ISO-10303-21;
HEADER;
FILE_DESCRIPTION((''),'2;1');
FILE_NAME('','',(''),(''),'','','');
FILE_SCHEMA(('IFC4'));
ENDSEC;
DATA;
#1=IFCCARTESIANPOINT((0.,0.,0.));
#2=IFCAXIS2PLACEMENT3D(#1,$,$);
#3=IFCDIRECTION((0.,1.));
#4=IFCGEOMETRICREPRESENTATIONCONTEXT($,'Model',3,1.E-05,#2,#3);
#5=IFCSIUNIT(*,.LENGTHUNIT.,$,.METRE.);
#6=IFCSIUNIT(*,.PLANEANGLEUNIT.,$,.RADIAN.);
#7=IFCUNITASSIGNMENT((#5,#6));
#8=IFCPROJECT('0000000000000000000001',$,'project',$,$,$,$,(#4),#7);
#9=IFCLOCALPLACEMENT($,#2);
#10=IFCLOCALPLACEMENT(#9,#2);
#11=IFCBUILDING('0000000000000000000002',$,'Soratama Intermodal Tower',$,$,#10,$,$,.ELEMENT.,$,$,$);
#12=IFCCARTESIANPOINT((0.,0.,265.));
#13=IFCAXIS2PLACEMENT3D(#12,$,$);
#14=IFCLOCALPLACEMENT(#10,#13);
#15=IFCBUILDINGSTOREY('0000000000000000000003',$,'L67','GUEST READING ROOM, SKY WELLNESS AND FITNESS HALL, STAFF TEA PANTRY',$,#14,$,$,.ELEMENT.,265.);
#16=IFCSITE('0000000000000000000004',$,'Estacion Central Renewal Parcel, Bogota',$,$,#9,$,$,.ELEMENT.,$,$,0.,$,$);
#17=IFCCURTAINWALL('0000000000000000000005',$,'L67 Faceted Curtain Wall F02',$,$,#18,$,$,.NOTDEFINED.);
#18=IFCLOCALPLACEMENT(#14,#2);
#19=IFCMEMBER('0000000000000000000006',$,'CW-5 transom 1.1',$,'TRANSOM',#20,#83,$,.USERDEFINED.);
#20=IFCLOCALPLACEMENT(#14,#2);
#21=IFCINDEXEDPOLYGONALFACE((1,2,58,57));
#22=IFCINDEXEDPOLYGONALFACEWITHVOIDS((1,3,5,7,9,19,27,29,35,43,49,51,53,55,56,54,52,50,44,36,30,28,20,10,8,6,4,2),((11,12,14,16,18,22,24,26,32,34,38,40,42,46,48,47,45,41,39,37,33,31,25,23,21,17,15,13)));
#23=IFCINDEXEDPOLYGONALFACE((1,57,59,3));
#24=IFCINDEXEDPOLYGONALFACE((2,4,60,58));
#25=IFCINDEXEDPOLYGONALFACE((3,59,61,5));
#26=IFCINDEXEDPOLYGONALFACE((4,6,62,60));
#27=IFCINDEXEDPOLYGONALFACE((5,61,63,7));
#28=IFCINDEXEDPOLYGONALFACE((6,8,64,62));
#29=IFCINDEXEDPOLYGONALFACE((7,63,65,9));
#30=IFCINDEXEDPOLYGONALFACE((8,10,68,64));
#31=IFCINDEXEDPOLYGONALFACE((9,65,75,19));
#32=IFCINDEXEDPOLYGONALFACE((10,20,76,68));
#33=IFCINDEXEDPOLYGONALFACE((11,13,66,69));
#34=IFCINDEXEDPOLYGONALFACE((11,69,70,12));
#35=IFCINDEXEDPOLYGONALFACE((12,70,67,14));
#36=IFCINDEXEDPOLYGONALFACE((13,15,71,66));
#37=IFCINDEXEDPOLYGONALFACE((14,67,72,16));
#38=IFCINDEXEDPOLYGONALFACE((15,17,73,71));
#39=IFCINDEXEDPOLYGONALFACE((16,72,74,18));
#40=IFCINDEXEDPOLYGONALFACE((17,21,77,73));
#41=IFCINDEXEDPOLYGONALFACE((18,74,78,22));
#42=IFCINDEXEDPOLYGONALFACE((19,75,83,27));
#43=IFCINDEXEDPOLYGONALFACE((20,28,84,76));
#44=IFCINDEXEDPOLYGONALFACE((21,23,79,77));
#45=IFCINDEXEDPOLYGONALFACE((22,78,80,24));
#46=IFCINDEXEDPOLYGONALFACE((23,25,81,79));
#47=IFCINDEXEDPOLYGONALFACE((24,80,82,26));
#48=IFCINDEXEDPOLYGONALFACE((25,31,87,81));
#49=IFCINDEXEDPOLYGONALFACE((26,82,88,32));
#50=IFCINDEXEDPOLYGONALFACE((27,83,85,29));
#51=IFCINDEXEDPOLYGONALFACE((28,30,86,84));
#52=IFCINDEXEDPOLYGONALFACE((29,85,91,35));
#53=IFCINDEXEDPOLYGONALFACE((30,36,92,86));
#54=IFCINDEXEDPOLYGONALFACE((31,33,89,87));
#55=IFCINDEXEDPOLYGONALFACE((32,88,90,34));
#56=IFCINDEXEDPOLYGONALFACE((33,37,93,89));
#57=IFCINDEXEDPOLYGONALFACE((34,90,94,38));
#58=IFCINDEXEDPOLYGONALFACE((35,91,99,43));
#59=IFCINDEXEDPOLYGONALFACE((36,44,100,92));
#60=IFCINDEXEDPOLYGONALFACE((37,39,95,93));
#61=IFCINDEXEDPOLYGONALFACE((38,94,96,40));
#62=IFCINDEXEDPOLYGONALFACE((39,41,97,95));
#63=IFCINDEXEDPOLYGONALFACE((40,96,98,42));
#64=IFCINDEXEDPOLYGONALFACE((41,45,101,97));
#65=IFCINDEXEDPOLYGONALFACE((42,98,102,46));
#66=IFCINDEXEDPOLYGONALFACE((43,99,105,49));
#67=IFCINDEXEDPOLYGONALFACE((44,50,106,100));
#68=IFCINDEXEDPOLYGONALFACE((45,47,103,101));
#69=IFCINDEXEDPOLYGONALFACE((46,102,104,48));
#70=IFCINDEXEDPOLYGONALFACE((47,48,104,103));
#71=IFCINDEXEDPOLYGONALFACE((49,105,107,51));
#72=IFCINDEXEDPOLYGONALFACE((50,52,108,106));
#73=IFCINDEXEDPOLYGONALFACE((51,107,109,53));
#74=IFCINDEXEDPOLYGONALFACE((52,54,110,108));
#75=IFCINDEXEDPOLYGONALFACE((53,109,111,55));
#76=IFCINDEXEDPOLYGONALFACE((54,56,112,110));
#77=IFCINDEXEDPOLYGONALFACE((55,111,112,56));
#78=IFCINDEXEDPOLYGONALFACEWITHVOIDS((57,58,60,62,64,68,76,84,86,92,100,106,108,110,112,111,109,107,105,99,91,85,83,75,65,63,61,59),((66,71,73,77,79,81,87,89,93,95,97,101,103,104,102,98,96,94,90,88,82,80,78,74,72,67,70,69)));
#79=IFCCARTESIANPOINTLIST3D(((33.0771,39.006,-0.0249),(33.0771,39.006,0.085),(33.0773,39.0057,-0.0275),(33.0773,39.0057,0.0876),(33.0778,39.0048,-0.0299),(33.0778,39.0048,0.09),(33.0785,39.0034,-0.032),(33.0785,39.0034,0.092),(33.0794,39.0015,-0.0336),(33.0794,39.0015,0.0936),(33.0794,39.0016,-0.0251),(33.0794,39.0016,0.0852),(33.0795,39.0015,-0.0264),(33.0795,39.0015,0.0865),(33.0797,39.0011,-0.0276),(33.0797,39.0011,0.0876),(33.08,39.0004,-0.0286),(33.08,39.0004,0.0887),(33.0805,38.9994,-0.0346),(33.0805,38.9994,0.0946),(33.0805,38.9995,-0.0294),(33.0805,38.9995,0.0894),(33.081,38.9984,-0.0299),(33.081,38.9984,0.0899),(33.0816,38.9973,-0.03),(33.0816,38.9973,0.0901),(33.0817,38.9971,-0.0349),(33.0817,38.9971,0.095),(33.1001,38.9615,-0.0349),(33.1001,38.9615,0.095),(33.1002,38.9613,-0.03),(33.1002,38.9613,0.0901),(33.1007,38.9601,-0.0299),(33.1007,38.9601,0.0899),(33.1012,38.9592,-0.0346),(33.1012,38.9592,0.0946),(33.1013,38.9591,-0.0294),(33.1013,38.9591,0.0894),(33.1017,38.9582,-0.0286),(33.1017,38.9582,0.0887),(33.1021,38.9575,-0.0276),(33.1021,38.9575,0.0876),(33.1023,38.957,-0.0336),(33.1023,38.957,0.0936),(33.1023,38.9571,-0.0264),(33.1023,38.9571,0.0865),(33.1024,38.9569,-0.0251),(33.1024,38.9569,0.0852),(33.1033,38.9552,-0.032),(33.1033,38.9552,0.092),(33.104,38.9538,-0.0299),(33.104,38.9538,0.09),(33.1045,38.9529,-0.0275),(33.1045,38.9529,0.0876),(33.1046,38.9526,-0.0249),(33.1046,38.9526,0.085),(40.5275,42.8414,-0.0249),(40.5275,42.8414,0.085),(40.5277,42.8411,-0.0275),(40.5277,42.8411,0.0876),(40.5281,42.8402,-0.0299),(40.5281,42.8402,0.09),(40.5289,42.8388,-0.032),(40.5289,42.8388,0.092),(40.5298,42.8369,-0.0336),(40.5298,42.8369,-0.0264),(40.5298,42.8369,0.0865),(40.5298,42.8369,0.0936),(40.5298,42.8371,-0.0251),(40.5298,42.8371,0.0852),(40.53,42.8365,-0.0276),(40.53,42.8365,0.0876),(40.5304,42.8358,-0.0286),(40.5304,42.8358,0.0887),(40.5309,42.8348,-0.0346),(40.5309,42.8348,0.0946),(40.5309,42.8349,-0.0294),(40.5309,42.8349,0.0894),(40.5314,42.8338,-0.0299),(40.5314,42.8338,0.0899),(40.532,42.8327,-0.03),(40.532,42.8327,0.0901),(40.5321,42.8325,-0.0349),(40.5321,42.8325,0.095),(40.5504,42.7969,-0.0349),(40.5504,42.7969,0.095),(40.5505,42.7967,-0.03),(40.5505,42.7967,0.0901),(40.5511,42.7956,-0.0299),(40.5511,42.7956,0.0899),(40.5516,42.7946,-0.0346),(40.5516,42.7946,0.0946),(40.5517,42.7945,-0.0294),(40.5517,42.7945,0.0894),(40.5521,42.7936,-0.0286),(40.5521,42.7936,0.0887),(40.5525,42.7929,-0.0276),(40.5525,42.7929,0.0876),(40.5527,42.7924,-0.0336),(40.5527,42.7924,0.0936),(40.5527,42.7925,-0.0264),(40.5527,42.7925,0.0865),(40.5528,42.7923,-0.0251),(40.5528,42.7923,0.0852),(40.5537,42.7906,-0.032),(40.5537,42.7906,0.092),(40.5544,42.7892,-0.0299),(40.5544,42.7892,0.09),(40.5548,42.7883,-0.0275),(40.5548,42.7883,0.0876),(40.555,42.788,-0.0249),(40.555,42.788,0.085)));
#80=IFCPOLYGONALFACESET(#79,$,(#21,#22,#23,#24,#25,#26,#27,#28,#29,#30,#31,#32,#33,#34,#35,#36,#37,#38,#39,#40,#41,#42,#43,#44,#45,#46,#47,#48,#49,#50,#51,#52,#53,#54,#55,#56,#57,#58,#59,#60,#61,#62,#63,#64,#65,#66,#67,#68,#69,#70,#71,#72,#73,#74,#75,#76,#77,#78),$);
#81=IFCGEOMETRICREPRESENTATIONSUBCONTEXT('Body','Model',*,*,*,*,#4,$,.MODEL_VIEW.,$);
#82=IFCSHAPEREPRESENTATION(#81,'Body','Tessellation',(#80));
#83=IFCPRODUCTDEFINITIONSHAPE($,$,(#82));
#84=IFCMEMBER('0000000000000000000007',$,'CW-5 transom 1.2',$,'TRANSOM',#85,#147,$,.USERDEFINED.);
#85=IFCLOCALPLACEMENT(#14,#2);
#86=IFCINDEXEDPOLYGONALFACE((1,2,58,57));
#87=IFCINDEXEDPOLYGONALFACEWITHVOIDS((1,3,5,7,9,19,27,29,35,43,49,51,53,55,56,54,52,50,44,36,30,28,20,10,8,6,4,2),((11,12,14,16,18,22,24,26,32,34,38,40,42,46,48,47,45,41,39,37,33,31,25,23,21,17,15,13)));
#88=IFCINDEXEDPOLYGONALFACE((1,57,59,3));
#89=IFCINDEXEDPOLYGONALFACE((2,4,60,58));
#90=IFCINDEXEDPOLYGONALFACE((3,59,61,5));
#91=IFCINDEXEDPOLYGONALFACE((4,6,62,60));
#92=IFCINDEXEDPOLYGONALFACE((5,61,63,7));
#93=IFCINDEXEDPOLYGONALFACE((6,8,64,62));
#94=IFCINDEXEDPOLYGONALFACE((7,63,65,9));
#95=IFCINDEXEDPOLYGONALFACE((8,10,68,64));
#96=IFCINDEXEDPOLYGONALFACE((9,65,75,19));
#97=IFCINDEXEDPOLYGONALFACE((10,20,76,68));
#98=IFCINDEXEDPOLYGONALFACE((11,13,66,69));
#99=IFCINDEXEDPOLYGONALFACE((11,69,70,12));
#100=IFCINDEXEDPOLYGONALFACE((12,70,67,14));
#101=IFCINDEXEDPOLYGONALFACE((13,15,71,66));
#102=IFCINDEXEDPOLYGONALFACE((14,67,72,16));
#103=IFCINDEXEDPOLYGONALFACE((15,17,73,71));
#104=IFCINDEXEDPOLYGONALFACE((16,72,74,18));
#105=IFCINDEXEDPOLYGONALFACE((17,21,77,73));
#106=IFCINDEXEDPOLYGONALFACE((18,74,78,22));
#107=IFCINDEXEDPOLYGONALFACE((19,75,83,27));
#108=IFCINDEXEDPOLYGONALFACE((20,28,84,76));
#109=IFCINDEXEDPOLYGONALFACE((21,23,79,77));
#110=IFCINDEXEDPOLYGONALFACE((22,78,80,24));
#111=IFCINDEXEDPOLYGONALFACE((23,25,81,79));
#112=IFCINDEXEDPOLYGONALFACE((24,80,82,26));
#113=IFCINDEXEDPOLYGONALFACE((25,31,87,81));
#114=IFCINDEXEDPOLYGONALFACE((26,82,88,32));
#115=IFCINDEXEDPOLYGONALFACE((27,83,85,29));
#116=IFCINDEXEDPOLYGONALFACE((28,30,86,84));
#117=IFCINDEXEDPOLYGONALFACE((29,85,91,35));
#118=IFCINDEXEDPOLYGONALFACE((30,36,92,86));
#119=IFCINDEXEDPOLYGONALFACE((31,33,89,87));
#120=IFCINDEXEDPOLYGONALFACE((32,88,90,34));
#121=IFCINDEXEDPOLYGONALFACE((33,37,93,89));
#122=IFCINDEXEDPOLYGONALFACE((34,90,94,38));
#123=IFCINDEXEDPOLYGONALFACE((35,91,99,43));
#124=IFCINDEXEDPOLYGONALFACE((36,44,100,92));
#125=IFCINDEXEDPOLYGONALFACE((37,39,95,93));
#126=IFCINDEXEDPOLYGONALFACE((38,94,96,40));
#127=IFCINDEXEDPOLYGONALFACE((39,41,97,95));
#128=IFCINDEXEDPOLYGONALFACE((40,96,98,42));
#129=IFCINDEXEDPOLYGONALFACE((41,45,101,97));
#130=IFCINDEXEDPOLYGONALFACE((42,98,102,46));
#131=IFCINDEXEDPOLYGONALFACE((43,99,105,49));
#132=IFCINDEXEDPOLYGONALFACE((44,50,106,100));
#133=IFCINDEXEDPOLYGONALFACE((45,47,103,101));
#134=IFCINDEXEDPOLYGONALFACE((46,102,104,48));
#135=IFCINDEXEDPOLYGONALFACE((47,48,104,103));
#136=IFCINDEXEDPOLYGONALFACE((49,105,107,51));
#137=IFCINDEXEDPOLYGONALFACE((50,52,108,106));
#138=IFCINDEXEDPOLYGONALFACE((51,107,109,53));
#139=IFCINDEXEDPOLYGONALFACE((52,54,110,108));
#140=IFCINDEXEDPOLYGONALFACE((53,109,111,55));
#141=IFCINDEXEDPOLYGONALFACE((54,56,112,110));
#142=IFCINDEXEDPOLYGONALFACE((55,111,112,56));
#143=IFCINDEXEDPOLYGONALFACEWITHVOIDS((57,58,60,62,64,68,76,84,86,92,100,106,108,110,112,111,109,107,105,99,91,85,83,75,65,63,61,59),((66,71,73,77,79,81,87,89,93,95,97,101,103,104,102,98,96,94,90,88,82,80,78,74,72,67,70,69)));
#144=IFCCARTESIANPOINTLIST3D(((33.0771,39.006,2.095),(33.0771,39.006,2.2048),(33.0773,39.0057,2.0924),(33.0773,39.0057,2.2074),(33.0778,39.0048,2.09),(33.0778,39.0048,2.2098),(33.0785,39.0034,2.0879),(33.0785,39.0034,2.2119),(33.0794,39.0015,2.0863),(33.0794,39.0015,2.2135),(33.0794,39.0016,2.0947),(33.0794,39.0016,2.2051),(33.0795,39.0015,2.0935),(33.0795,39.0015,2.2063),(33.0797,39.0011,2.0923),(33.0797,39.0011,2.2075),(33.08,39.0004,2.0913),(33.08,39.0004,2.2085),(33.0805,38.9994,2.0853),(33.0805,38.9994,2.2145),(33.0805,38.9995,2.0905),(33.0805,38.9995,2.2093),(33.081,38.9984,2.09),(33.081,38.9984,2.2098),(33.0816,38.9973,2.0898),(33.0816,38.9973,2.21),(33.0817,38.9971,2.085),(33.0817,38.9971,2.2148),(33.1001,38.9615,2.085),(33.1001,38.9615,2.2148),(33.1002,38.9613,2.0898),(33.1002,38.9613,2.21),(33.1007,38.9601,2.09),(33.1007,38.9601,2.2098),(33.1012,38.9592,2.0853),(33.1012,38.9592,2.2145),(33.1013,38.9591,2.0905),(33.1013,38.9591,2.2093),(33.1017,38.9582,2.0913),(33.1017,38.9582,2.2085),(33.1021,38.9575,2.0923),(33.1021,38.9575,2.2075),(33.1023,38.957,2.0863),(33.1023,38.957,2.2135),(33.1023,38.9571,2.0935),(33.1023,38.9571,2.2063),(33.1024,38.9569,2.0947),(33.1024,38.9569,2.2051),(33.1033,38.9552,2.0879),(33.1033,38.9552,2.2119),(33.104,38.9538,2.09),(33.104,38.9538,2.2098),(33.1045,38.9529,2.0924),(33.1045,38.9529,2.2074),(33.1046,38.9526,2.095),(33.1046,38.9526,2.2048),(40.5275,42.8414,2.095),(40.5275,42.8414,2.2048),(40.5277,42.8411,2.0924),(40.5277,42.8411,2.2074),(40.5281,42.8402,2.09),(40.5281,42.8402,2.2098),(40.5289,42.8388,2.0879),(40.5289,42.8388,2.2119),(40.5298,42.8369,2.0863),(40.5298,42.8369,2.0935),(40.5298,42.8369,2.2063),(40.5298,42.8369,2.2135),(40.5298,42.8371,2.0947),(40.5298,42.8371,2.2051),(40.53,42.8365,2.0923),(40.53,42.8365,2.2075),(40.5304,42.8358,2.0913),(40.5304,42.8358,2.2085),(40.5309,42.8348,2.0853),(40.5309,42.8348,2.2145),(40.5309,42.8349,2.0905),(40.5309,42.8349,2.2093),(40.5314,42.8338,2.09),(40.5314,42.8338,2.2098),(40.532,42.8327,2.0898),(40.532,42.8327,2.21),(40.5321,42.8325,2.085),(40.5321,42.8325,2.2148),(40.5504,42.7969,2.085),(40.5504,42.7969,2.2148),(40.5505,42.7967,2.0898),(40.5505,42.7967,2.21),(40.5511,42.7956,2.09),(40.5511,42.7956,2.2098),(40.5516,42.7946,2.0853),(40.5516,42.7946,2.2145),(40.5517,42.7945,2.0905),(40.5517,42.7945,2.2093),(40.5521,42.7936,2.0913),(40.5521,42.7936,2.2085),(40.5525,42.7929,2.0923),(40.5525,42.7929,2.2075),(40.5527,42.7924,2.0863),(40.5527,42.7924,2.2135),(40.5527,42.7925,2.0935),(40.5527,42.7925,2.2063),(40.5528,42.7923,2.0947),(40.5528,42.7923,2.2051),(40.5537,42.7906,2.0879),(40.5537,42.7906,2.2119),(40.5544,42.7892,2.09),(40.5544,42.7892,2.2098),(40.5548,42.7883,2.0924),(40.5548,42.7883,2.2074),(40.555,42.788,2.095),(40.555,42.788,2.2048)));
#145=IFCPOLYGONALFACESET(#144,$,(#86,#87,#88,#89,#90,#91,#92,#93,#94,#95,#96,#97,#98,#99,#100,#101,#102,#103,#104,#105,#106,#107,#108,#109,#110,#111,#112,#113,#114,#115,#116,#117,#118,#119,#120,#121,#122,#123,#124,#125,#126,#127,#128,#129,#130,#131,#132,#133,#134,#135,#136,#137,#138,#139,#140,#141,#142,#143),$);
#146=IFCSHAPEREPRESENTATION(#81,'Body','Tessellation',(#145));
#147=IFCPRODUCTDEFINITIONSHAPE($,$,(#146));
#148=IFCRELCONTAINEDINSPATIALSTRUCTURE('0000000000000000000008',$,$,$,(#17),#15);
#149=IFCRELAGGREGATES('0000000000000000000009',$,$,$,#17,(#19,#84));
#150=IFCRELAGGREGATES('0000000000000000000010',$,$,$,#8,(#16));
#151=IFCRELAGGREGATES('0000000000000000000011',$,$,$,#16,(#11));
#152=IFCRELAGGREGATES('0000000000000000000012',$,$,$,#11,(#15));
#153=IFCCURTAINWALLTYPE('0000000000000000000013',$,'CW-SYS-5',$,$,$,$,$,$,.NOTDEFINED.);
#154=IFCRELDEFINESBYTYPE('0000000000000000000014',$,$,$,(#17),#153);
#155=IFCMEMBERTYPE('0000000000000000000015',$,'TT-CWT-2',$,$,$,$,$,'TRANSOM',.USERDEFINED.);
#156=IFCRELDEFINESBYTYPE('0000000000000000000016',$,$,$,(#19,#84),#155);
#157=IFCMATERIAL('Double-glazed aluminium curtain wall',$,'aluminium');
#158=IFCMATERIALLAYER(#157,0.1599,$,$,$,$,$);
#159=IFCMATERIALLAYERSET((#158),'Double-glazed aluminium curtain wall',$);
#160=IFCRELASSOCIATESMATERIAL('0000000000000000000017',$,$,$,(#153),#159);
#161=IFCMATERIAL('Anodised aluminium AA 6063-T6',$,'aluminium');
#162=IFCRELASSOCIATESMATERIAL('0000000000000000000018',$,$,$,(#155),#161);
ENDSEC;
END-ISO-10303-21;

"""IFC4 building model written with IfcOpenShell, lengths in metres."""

from ifc_helpers import new_model, si_unit, direction, frame, origin, origin_2d, place, context, subcontext, project, spatial, hollow_rectangle, extrude, material, layer, layer_set, material_profile, profile_set, type_object, element, aggregate, save


model = new_model("IFC4")

# Units and contexts
model_context = context("Model", 3, precision=1e-05, world=origin(), true_north=direction((0.0, 1.0)))
body_context = subcontext(model_context, "Body", "Model", "MODEL_VIEW")
ifc_project = project(units=[si_unit("LENGTHUNIT", "METRE"), si_unit("PLANEANGLEUNIT", "RADIAN")], contexts=[model_context])

# Site, building, storey
site_placement = place(None, origin())
site = spatial("IfcSite", under=ifc_project, at=site_placement, Name="Estacion Central Renewal Parcel, Bogota", CompositionType="ELEMENT", RefElevation=0.0)
building_placement = place(site_placement, origin())
building = spatial("IfcBuilding", under=site, at=building_placement, Name="Soratama Intermodal Tower", CompositionType="ELEMENT")
storey_placement = place(building_placement, frame((0.0, 0.0, 265.0)))
storey = spatial("IfcBuildingStorey", under=building, at=storey_placement, Name="L67", Description="GUEST READING ROOM, SKY WELLNESS AND FITNESS HALL, STAFF TEA PANTRY", CompositionType="ELEMENT", Elevation=265.0)

# Curtain wall, members
ifc_material_1 = material(Name="Double-glazed aluminium curtain wall", Category="aluminium")
ifc_layer_1 = layer(ifc_material_1, 0.1599)
ifc_layer_set_1 = layer_set([ifc_layer_1], Name="Double-glazed aluminium curtain wall")
curtain_wall_type = type_object("IfcCurtainWallType", Name="CW-SYS-5", PredefinedType="NOTDEFINED", material=ifc_layer_set_1)
curtain_wall_placement = place(storey_placement, origin())
curtain_wall = element("IfcCurtainWall", 1, at=curtain_wall_placement, inside=storey, type_object=curtain_wall_type, Name="L67 Faceted Curtain Wall F02", PredefinedType="NOTDEFINED")
ifc_material_2 = material(Name="Anodised aluminium AA 6063-T6", Category="aluminium")
ifc_material_profile_1 = material_profile(ifc_material_2, hollow_rectangle(XDim=0.0601, YDim=0.1299, WallThickness=0.0049, InnerFilletRadius=0.0049, OuterFilletRadius=0.01, at=origin_2d()), Name="CWT130X60X5")
ifc_profile_set_1 = profile_set([ifc_material_profile_1], Name="Anodised aluminium AA 6063-T6")
member_type_1 = type_object("IfcMemberType", Name="TT-CWT-2", ElementType="TRANSOM", PredefinedType="USERDEFINED", material=ifc_profile_set_1)
member_1_placement = place(storey_placement, frame((40.5413, 42.8147, 0.03), z_axis=(-0.889104, -0.457706, 0.0), x_axis=(0.457706, -0.889104, 0.0)))
member_1 = element("IfcMember", 2, at=member_1_placement, type_object=member_type_1, Name="CW-5 transom 1.1", ObjectType="TRANSOM", PredefinedType="USERDEFINED", context=body_context, shape_type="SweptSolid", body=[
    extrude(hollow_rectangle(XDim=0.0601, YDim=0.1299, WallThickness=0.0049, InnerFilletRadius=0.0049, OuterFilletRadius=0.01, at=origin_2d()), origin(), (0.0, 0.0, 1.0), 8.3796),
])
member_2_placement = place(storey_placement, frame((40.5413, 42.8147, 2.1499), z_axis=(-0.889104, -0.457706, 0.0), x_axis=(0.457706, -0.889104, 0.0)))
member_2 = element("IfcMember", 3, at=member_2_placement, type_object=member_type_1, Name="CW-5 transom 1.2", ObjectType="TRANSOM", PredefinedType="USERDEFINED", context=body_context, shape_type="SweptSolid", body=[
    extrude(hollow_rectangle(XDim=0.0601, YDim=0.1299, WallThickness=0.0049, InnerFilletRadius=0.0049, OuterFilletRadius=0.01, at=origin_2d()), origin(), (0.0, 0.0, 1.0), 8.3796),
])
aggregate(curtain_wall, [member_1, member_2])

save(model, "model.ifc")
